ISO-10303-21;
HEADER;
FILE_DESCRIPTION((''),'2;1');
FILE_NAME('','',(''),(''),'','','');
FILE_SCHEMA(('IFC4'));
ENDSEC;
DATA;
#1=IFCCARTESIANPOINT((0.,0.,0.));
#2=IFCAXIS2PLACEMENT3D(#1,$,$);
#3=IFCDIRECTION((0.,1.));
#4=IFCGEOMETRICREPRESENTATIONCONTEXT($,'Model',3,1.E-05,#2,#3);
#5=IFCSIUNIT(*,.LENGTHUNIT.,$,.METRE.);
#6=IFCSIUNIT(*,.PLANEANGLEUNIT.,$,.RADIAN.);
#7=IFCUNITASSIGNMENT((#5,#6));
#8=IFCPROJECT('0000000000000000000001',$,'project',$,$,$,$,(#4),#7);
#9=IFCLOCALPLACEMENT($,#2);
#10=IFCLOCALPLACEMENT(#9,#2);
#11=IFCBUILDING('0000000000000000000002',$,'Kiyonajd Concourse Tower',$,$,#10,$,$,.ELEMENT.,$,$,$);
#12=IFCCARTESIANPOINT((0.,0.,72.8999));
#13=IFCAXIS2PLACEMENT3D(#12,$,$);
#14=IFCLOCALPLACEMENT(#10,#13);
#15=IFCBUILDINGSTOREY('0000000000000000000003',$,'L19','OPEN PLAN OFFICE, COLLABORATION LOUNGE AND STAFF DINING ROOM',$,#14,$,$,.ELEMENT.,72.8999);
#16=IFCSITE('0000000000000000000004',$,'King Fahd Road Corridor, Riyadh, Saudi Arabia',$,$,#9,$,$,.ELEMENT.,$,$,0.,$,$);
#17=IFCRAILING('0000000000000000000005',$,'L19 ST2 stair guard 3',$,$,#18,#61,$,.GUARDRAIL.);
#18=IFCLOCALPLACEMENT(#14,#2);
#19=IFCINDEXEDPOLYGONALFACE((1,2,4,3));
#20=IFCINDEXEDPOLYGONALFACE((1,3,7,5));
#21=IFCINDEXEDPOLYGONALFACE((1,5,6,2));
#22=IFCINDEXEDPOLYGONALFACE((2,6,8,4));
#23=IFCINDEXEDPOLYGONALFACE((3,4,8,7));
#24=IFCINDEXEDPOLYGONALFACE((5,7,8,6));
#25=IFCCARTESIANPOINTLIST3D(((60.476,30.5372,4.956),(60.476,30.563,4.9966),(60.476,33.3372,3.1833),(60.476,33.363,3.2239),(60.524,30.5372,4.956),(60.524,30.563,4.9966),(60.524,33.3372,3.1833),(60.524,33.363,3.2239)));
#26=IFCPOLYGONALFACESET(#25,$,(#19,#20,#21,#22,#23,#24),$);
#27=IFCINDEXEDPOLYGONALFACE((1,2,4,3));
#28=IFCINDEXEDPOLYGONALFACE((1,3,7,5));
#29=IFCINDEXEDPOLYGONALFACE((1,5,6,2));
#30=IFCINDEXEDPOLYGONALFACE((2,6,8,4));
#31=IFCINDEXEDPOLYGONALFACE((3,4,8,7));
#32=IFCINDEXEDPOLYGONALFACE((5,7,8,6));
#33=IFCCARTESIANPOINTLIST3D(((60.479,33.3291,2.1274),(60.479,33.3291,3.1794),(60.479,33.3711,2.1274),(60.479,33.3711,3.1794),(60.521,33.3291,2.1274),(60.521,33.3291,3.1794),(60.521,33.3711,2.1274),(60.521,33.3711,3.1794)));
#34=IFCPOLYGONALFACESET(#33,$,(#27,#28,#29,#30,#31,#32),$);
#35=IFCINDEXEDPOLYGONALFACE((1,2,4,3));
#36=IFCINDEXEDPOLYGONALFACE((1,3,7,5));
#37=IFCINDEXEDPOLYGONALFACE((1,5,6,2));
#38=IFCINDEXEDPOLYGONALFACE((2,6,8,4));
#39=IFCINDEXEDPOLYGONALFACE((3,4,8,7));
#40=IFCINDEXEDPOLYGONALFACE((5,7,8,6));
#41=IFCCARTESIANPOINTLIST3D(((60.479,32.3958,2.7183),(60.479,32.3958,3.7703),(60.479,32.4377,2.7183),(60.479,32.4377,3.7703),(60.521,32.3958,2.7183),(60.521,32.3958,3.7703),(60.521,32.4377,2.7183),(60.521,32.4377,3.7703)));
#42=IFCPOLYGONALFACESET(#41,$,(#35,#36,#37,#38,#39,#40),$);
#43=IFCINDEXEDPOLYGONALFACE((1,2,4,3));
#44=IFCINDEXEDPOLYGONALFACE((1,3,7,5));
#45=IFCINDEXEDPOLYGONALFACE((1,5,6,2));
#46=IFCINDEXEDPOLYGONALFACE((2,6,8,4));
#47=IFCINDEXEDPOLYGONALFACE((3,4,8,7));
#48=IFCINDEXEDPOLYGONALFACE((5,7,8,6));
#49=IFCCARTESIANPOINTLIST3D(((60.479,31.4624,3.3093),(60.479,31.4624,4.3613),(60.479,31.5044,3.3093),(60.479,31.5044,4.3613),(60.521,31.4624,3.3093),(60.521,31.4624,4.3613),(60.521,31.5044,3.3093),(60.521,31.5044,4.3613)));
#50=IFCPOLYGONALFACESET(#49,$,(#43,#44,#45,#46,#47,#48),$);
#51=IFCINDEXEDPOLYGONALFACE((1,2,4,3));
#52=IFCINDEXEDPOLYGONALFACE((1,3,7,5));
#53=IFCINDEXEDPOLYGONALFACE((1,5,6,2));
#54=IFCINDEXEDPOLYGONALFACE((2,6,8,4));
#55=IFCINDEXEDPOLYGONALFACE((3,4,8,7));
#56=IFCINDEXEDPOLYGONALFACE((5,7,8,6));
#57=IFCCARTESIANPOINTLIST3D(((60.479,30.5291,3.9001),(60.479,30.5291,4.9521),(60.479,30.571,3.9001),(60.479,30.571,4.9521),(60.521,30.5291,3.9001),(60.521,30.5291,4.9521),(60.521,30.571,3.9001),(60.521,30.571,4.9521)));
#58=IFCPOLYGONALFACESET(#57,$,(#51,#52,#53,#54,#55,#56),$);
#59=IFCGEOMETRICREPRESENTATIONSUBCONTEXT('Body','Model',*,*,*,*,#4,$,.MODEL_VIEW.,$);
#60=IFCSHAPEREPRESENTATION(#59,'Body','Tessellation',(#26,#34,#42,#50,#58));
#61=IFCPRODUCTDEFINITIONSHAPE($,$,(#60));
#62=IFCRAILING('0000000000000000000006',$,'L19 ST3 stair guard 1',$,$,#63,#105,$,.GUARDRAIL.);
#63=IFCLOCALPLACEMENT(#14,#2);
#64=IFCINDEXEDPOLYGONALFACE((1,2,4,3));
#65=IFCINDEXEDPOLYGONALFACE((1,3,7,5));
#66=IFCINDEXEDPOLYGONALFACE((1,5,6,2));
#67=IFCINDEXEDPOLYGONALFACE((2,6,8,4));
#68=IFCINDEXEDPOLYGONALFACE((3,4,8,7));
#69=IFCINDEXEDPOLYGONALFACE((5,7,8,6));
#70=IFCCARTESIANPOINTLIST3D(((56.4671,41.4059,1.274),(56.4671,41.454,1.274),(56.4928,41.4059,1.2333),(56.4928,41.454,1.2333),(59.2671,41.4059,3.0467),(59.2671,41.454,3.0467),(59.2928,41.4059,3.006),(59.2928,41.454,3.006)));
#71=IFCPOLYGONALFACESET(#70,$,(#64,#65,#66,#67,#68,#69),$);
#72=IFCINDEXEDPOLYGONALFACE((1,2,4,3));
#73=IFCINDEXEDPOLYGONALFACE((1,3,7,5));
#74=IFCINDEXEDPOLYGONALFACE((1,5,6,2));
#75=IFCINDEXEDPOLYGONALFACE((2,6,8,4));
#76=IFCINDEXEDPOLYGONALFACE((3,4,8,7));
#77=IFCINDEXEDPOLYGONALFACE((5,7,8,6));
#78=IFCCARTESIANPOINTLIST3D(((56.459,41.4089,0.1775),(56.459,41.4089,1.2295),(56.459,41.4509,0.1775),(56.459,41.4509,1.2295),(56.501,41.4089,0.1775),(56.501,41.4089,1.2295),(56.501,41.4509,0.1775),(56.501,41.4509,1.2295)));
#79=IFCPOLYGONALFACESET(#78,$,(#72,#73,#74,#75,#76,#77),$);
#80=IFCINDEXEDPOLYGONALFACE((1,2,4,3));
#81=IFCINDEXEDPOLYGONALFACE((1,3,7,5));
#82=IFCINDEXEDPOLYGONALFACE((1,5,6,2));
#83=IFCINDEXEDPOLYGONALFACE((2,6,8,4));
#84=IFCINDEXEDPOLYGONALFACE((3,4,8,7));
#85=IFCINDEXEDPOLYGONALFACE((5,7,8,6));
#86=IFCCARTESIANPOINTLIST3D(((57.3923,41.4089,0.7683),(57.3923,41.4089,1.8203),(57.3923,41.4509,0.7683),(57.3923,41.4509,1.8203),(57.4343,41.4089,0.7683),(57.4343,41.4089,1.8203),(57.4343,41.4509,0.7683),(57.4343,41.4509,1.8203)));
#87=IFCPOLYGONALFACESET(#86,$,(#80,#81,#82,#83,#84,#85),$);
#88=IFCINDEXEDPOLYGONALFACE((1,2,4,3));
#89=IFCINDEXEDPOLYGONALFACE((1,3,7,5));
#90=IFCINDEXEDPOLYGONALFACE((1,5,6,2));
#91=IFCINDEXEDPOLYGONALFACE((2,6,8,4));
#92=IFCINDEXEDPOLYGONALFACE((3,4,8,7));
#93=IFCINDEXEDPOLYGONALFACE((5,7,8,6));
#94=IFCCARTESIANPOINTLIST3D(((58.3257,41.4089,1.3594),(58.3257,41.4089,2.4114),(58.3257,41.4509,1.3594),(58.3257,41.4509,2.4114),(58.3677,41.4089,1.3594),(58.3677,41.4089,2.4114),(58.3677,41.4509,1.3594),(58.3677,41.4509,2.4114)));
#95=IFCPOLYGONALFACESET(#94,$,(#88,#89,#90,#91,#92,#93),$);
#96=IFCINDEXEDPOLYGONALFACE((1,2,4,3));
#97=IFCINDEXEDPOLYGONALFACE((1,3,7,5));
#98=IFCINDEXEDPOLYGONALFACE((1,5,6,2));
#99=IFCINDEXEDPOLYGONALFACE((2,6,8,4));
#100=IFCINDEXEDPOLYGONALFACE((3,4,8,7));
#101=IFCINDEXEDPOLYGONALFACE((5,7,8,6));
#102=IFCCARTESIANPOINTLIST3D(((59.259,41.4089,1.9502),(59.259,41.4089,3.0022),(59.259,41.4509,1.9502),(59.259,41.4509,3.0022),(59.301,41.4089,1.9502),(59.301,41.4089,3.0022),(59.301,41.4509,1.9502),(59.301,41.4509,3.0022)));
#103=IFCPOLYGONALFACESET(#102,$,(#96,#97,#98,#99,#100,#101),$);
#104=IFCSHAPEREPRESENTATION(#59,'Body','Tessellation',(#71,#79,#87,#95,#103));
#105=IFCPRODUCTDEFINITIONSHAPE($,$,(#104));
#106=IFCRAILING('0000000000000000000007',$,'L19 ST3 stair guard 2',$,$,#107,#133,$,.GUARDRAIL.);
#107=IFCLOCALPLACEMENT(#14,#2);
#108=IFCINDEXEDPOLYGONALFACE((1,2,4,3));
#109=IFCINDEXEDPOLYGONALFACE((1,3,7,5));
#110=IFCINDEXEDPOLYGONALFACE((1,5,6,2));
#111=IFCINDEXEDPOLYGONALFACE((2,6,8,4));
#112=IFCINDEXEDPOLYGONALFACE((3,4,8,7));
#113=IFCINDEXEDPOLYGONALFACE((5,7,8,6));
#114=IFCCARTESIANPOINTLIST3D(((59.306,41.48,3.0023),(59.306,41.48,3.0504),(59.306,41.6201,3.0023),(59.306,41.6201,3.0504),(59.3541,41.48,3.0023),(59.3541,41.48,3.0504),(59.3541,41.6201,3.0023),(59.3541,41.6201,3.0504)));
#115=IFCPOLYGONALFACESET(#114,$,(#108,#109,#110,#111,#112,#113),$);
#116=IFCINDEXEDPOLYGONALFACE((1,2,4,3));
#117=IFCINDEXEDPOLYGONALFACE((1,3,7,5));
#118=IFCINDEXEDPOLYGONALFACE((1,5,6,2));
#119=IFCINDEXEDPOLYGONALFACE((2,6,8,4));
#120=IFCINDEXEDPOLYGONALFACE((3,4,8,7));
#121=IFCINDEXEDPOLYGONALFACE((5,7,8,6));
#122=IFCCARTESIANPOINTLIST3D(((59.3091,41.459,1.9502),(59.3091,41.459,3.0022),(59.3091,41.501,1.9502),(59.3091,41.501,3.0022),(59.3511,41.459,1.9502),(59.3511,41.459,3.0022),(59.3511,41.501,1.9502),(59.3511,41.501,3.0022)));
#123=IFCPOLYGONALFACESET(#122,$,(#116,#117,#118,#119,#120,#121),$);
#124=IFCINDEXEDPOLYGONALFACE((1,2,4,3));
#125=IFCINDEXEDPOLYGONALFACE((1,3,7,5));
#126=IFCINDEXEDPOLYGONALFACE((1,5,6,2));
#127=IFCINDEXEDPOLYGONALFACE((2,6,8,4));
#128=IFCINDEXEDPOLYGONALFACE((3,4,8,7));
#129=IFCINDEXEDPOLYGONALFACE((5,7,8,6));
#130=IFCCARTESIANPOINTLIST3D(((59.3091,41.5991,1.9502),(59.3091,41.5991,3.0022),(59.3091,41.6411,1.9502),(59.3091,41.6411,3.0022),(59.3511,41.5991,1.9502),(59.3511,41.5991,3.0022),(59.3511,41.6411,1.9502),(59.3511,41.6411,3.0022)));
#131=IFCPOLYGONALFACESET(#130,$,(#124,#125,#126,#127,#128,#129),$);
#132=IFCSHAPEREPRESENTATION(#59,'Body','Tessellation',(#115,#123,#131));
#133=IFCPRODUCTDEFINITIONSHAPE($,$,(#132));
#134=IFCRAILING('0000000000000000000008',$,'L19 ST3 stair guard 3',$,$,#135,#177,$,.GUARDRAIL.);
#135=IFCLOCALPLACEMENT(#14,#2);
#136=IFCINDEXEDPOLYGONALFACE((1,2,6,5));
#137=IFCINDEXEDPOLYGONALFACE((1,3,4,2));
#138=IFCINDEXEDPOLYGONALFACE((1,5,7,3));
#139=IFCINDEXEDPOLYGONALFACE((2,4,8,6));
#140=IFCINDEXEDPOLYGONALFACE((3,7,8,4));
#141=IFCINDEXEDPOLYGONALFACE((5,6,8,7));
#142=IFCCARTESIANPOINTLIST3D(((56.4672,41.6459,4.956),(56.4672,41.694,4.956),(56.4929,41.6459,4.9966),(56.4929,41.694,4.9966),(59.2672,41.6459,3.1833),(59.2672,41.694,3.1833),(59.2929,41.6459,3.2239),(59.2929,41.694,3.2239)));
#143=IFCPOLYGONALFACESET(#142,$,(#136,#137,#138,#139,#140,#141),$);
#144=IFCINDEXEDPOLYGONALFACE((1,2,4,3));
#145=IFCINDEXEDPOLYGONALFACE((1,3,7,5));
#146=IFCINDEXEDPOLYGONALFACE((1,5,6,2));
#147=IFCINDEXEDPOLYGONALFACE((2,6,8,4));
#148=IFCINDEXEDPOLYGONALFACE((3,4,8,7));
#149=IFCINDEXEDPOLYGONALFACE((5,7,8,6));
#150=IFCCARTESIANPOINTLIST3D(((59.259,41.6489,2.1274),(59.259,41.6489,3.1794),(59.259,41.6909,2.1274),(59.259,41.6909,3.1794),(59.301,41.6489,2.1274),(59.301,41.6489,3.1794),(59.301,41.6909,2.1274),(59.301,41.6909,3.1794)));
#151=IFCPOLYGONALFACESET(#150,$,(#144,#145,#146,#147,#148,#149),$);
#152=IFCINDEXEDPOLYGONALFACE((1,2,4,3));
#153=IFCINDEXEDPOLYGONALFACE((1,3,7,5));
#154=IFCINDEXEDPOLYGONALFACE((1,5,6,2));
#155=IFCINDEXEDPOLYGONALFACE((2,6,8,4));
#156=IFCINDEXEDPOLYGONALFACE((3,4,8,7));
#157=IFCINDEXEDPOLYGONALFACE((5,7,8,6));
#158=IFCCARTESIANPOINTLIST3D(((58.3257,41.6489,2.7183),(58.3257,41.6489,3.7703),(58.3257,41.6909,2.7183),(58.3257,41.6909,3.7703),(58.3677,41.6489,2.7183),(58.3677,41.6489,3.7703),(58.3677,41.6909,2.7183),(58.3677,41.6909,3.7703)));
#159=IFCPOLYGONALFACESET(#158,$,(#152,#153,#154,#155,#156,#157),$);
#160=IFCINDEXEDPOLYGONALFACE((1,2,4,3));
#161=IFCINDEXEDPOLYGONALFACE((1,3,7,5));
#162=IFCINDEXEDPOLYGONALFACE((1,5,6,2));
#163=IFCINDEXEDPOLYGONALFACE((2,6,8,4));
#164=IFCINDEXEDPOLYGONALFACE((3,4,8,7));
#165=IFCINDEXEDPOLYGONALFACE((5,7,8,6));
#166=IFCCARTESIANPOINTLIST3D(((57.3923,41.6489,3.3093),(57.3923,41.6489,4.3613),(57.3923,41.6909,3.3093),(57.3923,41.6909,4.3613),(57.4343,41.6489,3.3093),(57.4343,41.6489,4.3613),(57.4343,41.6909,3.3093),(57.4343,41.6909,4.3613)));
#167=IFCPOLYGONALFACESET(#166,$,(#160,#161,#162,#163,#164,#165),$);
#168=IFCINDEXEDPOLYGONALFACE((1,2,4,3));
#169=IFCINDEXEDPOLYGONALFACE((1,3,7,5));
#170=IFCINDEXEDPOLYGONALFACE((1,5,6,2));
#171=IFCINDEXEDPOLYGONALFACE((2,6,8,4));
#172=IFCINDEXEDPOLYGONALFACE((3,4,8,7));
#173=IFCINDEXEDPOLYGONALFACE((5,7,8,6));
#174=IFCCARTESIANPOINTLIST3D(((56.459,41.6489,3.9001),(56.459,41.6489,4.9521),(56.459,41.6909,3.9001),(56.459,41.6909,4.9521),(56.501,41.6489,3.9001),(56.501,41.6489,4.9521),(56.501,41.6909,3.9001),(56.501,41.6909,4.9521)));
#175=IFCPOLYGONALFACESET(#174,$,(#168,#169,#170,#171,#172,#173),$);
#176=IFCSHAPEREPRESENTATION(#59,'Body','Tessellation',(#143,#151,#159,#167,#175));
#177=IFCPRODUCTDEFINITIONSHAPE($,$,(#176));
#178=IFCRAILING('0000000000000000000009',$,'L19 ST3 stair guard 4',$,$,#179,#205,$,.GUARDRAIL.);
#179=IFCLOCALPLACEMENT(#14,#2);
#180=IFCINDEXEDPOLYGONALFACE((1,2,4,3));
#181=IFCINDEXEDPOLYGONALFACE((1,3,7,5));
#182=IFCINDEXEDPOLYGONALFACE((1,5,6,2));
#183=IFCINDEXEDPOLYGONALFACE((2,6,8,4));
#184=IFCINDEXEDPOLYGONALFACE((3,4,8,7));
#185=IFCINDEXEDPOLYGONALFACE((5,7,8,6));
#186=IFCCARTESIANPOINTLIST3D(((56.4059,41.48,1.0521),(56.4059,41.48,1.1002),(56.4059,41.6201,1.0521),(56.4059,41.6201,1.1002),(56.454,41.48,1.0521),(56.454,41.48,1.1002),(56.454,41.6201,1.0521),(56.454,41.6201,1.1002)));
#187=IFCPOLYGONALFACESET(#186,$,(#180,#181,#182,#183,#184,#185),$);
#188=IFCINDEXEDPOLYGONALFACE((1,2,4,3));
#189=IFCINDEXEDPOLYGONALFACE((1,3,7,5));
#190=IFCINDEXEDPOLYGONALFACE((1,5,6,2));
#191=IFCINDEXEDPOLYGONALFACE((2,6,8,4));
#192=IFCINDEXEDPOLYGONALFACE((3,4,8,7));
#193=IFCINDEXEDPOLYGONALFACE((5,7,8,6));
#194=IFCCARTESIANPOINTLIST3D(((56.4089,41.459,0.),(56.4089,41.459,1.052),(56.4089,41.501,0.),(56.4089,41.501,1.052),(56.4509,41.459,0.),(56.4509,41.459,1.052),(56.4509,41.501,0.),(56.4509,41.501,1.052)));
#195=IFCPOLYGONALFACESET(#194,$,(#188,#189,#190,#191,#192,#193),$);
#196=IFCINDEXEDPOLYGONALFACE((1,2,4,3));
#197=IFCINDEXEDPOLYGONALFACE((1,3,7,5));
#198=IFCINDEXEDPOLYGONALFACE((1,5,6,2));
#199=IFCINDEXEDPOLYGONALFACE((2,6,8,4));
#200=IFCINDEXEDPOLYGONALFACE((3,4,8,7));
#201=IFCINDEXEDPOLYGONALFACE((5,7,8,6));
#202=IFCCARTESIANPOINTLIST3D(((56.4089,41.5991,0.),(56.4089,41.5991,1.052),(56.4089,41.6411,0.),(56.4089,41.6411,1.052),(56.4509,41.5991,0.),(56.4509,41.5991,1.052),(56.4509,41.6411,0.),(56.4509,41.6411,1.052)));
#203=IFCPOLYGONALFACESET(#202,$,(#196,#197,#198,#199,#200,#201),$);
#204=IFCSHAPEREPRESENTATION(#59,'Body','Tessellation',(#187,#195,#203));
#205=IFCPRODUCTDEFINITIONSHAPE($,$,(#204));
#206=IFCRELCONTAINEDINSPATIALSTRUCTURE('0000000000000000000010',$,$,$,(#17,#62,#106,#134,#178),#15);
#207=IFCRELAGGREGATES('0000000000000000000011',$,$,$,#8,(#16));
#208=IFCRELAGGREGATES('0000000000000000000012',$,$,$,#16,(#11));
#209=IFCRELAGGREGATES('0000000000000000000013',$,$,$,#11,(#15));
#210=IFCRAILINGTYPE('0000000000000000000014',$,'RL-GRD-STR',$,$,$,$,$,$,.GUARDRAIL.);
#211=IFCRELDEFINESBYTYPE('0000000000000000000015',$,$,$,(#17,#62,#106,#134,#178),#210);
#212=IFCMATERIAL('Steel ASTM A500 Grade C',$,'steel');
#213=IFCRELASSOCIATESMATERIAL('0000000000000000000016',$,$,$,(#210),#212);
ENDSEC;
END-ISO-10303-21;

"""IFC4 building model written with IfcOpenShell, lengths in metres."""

from ifc_helpers import new_model, si_unit, direction, frame, origin, origin_2d, place, context, subcontext, project, spatial, rectangle, extrude, material, type_object, element, save


model = new_model("IFC4")

# Units and contexts
model_context = context("Model", 3, precision=1e-05, world=origin(), true_north=direction((0.0, 1.0)))
body_context = subcontext(model_context, "Body", "Model", "MODEL_VIEW")
ifc_project = project(units=[si_unit("LENGTHUNIT", "METRE"), si_unit("PLANEANGLEUNIT", "RADIAN")], contexts=[model_context])

# Site, building, storey
site_placement = place(None, origin())
site = spatial("IfcSite", under=ifc_project, at=site_placement, Name="King Fahd Road Corridor, Riyadh, Saudi Arabia", CompositionType="ELEMENT", RefElevation=0.0)
building_placement = place(site_placement, origin())
building = spatial("IfcBuilding", under=site, at=building_placement, Name="Kiyonajd Concourse Tower", CompositionType="ELEMENT")
storey_placement = place(building_placement, frame((0.0, 0.0, 72.8999)))
storey = spatial("IfcBuildingStorey", under=building, at=storey_placement, Name="L19", Description="OPEN PLAN OFFICE, COLLABORATION LOUNGE AND STAFF DINING ROOM", CompositionType="ELEMENT", Elevation=72.8999)

# Railings
ifc_material_1 = material(Name="Steel ASTM A500 Grade C", Category="steel")
railing_type_1 = type_object("IfcRailingType", Name="RL-GRD-STR", PredefinedType="GUARDRAIL", material=ifc_material_1)
railing_1_placement = place(storey_placement, frame((60.5, 33.3501, 2.1274)))
element("IfcRailing", 1, at=railing_1_placement, inside=storey, type_object=railing_type_1, Name="L19 ST2 stair guard 3", PredefinedType="GUARDRAIL", context=body_context, shape_type="SweptSolid", body=[
    extrude(rectangle(XDim=0.0481, YDim=0.0481, at=origin_2d()), frame((0.0, 0.0, 1.0762), z_axis=(0.0, -0.844909, 0.53491), x_axis=(1.0, 0.0, 0.0)), (0.0, 0.0, 1.0), 3.314),
    extrude(rectangle(XDim=0.042, YDim=0.042, at=origin_2d()), origin(), (0.0, 0.0, 1.0), 1.052),
    extrude(rectangle(XDim=0.042, YDim=0.042, at=origin_2d()), frame((0.0, -0.9333, 0.5908)), (0.0, 0.0, 1.0), 1.052),
    extrude(rectangle(XDim=0.042, YDim=0.042, at=origin_2d()), frame((0.0, -1.8667, 1.1819)), (0.0, 0.0, 1.0), 1.052),
    extrude(rectangle(XDim=0.042, YDim=0.042, at=origin_2d()), frame((0.0, -2.8, 1.7727)), (0.0, 0.0, 1.0), 1.052),
])
railing_2_placement = place(storey_placement, frame((56.48, 41.4299, 0.1775)))
element("IfcRailing", 2, at=railing_2_placement, inside=storey, type_object=railing_type_1, Name="L19 ST3 stair guard 1", PredefinedType="GUARDRAIL", context=body_context, shape_type="SweptSolid", body=[
    extrude(rectangle(XDim=0.0481, YDim=0.0481, at=origin_2d()), frame((0.0, 0.0, 1.0762), z_axis=(0.844909, 0.0, 0.53491), x_axis=(0.0, 1.0, 0.0)), (0.0, 0.0, 1.0), 3.314),
    extrude(rectangle(XDim=0.042, YDim=0.042, at=origin_2d()), origin(), (0.0, 0.0, 1.0), 1.052),
    extrude(rectangle(XDim=0.042, YDim=0.042, at=origin_2d()), frame((0.9333, 0.0, 0.5908)), (0.0, 0.0, 1.0), 1.052),
    extrude(rectangle(XDim=0.042, YDim=0.042, at=origin_2d()), frame((1.8667, 0.0, 1.1819)), (0.0, 0.0, 1.0), 1.052),
    extrude(rectangle(XDim=0.042, YDim=0.042, at=origin_2d()), frame((2.8, 0.0, 1.7727)), (0.0, 0.0, 1.0), 1.052),
])
railing_3_placement = place(storey_placement, frame((59.3301, 41.48, 1.9502)))
element("IfcRailing", 3, at=railing_3_placement, inside=storey, type_object=railing_type_1, Name="L19 ST3 stair guard 2", PredefinedType="GUARDRAIL", context=body_context, shape_type="SweptSolid", body=[
    extrude(rectangle(XDim=0.0481, YDim=0.0481, at=origin_2d()), frame((0.0, 0.0, 1.0762), z_axis=(0.0, 1.0, 0.0), x_axis=(-1.0, 0.0, 0.0)), (0.0, 0.0, 1.0), 0.1401),
    extrude(rectangle(XDim=0.042, YDim=0.042, at=origin_2d()), origin(), (0.0, 0.0, 1.0), 1.052),
    extrude(rectangle(XDim=0.042, YDim=0.042, at=origin_2d()), frame((0.0, 0.1401, 0.0)), (0.0, 0.0, 1.0), 1.052),
])
railing_4_placement = place(storey_placement, frame((59.28, 41.6699, 2.1274)))
element("IfcRailing", 4, at=railing_4_placement, inside=storey, type_object=railing_type_1, Name="L19 ST3 stair guard 3", PredefinedType="GUARDRAIL", context=body_context, shape_type="SweptSolid", body=[
    extrude(rectangle(XDim=0.0481, YDim=0.0481, at=origin_2d()), frame((0.0, 0.0, 1.0762), z_axis=(-0.844909, 0.0, 0.53491), x_axis=(0.0, -1.0, 0.0)), (0.0, 0.0, 1.0), 3.314),
    extrude(rectangle(XDim=0.042, YDim=0.042, at=origin_2d()), origin(), (0.0, 0.0, 1.0), 1.052),
    extrude(rectangle(XDim=0.042, YDim=0.042, at=origin_2d()), frame((-0.9333, 0.0, 0.5908)), (0.0, 0.0, 1.0), 1.052),
    extrude(rectangle(XDim=0.042, YDim=0.042, at=origin_2d()), frame((-1.8667, 0.0, 1.1819)), (0.0, 0.0, 1.0), 1.052),
    extrude(rectangle(XDim=0.042, YDim=0.042, at=origin_2d()), frame((-2.8, 0.0, 1.7727)), (0.0, 0.0, 1.0), 1.052),
])
railing_5_placement = place(storey_placement, frame((56.4299, 41.48, 0.0)))
element("IfcRailing", 5, at=railing_5_placement, inside=storey, type_object=railing_type_1, Name="L19 ST3 stair guard 4", PredefinedType="GUARDRAIL", context=body_context, shape_type="SweptSolid", body=[
    extrude(rectangle(XDim=0.0481, YDim=0.0481, at=origin_2d()), frame((0.0, 0.0, 1.0762), z_axis=(0.0, 1.0, 0.0), x_axis=(-1.0, 0.0, 0.0)), (0.0, 0.0, 1.0), 0.1401),
    extrude(rectangle(XDim=0.042, YDim=0.042, at=origin_2d()), origin(), (0.0, 0.0, 1.0), 1.052),
    extrude(rectangle(XDim=0.042, YDim=0.042, at=origin_2d()), frame((0.0, 0.1401, 0.0)), (0.0, 0.0, 1.0), 1.052),
])

save(model, "model.ifc")
